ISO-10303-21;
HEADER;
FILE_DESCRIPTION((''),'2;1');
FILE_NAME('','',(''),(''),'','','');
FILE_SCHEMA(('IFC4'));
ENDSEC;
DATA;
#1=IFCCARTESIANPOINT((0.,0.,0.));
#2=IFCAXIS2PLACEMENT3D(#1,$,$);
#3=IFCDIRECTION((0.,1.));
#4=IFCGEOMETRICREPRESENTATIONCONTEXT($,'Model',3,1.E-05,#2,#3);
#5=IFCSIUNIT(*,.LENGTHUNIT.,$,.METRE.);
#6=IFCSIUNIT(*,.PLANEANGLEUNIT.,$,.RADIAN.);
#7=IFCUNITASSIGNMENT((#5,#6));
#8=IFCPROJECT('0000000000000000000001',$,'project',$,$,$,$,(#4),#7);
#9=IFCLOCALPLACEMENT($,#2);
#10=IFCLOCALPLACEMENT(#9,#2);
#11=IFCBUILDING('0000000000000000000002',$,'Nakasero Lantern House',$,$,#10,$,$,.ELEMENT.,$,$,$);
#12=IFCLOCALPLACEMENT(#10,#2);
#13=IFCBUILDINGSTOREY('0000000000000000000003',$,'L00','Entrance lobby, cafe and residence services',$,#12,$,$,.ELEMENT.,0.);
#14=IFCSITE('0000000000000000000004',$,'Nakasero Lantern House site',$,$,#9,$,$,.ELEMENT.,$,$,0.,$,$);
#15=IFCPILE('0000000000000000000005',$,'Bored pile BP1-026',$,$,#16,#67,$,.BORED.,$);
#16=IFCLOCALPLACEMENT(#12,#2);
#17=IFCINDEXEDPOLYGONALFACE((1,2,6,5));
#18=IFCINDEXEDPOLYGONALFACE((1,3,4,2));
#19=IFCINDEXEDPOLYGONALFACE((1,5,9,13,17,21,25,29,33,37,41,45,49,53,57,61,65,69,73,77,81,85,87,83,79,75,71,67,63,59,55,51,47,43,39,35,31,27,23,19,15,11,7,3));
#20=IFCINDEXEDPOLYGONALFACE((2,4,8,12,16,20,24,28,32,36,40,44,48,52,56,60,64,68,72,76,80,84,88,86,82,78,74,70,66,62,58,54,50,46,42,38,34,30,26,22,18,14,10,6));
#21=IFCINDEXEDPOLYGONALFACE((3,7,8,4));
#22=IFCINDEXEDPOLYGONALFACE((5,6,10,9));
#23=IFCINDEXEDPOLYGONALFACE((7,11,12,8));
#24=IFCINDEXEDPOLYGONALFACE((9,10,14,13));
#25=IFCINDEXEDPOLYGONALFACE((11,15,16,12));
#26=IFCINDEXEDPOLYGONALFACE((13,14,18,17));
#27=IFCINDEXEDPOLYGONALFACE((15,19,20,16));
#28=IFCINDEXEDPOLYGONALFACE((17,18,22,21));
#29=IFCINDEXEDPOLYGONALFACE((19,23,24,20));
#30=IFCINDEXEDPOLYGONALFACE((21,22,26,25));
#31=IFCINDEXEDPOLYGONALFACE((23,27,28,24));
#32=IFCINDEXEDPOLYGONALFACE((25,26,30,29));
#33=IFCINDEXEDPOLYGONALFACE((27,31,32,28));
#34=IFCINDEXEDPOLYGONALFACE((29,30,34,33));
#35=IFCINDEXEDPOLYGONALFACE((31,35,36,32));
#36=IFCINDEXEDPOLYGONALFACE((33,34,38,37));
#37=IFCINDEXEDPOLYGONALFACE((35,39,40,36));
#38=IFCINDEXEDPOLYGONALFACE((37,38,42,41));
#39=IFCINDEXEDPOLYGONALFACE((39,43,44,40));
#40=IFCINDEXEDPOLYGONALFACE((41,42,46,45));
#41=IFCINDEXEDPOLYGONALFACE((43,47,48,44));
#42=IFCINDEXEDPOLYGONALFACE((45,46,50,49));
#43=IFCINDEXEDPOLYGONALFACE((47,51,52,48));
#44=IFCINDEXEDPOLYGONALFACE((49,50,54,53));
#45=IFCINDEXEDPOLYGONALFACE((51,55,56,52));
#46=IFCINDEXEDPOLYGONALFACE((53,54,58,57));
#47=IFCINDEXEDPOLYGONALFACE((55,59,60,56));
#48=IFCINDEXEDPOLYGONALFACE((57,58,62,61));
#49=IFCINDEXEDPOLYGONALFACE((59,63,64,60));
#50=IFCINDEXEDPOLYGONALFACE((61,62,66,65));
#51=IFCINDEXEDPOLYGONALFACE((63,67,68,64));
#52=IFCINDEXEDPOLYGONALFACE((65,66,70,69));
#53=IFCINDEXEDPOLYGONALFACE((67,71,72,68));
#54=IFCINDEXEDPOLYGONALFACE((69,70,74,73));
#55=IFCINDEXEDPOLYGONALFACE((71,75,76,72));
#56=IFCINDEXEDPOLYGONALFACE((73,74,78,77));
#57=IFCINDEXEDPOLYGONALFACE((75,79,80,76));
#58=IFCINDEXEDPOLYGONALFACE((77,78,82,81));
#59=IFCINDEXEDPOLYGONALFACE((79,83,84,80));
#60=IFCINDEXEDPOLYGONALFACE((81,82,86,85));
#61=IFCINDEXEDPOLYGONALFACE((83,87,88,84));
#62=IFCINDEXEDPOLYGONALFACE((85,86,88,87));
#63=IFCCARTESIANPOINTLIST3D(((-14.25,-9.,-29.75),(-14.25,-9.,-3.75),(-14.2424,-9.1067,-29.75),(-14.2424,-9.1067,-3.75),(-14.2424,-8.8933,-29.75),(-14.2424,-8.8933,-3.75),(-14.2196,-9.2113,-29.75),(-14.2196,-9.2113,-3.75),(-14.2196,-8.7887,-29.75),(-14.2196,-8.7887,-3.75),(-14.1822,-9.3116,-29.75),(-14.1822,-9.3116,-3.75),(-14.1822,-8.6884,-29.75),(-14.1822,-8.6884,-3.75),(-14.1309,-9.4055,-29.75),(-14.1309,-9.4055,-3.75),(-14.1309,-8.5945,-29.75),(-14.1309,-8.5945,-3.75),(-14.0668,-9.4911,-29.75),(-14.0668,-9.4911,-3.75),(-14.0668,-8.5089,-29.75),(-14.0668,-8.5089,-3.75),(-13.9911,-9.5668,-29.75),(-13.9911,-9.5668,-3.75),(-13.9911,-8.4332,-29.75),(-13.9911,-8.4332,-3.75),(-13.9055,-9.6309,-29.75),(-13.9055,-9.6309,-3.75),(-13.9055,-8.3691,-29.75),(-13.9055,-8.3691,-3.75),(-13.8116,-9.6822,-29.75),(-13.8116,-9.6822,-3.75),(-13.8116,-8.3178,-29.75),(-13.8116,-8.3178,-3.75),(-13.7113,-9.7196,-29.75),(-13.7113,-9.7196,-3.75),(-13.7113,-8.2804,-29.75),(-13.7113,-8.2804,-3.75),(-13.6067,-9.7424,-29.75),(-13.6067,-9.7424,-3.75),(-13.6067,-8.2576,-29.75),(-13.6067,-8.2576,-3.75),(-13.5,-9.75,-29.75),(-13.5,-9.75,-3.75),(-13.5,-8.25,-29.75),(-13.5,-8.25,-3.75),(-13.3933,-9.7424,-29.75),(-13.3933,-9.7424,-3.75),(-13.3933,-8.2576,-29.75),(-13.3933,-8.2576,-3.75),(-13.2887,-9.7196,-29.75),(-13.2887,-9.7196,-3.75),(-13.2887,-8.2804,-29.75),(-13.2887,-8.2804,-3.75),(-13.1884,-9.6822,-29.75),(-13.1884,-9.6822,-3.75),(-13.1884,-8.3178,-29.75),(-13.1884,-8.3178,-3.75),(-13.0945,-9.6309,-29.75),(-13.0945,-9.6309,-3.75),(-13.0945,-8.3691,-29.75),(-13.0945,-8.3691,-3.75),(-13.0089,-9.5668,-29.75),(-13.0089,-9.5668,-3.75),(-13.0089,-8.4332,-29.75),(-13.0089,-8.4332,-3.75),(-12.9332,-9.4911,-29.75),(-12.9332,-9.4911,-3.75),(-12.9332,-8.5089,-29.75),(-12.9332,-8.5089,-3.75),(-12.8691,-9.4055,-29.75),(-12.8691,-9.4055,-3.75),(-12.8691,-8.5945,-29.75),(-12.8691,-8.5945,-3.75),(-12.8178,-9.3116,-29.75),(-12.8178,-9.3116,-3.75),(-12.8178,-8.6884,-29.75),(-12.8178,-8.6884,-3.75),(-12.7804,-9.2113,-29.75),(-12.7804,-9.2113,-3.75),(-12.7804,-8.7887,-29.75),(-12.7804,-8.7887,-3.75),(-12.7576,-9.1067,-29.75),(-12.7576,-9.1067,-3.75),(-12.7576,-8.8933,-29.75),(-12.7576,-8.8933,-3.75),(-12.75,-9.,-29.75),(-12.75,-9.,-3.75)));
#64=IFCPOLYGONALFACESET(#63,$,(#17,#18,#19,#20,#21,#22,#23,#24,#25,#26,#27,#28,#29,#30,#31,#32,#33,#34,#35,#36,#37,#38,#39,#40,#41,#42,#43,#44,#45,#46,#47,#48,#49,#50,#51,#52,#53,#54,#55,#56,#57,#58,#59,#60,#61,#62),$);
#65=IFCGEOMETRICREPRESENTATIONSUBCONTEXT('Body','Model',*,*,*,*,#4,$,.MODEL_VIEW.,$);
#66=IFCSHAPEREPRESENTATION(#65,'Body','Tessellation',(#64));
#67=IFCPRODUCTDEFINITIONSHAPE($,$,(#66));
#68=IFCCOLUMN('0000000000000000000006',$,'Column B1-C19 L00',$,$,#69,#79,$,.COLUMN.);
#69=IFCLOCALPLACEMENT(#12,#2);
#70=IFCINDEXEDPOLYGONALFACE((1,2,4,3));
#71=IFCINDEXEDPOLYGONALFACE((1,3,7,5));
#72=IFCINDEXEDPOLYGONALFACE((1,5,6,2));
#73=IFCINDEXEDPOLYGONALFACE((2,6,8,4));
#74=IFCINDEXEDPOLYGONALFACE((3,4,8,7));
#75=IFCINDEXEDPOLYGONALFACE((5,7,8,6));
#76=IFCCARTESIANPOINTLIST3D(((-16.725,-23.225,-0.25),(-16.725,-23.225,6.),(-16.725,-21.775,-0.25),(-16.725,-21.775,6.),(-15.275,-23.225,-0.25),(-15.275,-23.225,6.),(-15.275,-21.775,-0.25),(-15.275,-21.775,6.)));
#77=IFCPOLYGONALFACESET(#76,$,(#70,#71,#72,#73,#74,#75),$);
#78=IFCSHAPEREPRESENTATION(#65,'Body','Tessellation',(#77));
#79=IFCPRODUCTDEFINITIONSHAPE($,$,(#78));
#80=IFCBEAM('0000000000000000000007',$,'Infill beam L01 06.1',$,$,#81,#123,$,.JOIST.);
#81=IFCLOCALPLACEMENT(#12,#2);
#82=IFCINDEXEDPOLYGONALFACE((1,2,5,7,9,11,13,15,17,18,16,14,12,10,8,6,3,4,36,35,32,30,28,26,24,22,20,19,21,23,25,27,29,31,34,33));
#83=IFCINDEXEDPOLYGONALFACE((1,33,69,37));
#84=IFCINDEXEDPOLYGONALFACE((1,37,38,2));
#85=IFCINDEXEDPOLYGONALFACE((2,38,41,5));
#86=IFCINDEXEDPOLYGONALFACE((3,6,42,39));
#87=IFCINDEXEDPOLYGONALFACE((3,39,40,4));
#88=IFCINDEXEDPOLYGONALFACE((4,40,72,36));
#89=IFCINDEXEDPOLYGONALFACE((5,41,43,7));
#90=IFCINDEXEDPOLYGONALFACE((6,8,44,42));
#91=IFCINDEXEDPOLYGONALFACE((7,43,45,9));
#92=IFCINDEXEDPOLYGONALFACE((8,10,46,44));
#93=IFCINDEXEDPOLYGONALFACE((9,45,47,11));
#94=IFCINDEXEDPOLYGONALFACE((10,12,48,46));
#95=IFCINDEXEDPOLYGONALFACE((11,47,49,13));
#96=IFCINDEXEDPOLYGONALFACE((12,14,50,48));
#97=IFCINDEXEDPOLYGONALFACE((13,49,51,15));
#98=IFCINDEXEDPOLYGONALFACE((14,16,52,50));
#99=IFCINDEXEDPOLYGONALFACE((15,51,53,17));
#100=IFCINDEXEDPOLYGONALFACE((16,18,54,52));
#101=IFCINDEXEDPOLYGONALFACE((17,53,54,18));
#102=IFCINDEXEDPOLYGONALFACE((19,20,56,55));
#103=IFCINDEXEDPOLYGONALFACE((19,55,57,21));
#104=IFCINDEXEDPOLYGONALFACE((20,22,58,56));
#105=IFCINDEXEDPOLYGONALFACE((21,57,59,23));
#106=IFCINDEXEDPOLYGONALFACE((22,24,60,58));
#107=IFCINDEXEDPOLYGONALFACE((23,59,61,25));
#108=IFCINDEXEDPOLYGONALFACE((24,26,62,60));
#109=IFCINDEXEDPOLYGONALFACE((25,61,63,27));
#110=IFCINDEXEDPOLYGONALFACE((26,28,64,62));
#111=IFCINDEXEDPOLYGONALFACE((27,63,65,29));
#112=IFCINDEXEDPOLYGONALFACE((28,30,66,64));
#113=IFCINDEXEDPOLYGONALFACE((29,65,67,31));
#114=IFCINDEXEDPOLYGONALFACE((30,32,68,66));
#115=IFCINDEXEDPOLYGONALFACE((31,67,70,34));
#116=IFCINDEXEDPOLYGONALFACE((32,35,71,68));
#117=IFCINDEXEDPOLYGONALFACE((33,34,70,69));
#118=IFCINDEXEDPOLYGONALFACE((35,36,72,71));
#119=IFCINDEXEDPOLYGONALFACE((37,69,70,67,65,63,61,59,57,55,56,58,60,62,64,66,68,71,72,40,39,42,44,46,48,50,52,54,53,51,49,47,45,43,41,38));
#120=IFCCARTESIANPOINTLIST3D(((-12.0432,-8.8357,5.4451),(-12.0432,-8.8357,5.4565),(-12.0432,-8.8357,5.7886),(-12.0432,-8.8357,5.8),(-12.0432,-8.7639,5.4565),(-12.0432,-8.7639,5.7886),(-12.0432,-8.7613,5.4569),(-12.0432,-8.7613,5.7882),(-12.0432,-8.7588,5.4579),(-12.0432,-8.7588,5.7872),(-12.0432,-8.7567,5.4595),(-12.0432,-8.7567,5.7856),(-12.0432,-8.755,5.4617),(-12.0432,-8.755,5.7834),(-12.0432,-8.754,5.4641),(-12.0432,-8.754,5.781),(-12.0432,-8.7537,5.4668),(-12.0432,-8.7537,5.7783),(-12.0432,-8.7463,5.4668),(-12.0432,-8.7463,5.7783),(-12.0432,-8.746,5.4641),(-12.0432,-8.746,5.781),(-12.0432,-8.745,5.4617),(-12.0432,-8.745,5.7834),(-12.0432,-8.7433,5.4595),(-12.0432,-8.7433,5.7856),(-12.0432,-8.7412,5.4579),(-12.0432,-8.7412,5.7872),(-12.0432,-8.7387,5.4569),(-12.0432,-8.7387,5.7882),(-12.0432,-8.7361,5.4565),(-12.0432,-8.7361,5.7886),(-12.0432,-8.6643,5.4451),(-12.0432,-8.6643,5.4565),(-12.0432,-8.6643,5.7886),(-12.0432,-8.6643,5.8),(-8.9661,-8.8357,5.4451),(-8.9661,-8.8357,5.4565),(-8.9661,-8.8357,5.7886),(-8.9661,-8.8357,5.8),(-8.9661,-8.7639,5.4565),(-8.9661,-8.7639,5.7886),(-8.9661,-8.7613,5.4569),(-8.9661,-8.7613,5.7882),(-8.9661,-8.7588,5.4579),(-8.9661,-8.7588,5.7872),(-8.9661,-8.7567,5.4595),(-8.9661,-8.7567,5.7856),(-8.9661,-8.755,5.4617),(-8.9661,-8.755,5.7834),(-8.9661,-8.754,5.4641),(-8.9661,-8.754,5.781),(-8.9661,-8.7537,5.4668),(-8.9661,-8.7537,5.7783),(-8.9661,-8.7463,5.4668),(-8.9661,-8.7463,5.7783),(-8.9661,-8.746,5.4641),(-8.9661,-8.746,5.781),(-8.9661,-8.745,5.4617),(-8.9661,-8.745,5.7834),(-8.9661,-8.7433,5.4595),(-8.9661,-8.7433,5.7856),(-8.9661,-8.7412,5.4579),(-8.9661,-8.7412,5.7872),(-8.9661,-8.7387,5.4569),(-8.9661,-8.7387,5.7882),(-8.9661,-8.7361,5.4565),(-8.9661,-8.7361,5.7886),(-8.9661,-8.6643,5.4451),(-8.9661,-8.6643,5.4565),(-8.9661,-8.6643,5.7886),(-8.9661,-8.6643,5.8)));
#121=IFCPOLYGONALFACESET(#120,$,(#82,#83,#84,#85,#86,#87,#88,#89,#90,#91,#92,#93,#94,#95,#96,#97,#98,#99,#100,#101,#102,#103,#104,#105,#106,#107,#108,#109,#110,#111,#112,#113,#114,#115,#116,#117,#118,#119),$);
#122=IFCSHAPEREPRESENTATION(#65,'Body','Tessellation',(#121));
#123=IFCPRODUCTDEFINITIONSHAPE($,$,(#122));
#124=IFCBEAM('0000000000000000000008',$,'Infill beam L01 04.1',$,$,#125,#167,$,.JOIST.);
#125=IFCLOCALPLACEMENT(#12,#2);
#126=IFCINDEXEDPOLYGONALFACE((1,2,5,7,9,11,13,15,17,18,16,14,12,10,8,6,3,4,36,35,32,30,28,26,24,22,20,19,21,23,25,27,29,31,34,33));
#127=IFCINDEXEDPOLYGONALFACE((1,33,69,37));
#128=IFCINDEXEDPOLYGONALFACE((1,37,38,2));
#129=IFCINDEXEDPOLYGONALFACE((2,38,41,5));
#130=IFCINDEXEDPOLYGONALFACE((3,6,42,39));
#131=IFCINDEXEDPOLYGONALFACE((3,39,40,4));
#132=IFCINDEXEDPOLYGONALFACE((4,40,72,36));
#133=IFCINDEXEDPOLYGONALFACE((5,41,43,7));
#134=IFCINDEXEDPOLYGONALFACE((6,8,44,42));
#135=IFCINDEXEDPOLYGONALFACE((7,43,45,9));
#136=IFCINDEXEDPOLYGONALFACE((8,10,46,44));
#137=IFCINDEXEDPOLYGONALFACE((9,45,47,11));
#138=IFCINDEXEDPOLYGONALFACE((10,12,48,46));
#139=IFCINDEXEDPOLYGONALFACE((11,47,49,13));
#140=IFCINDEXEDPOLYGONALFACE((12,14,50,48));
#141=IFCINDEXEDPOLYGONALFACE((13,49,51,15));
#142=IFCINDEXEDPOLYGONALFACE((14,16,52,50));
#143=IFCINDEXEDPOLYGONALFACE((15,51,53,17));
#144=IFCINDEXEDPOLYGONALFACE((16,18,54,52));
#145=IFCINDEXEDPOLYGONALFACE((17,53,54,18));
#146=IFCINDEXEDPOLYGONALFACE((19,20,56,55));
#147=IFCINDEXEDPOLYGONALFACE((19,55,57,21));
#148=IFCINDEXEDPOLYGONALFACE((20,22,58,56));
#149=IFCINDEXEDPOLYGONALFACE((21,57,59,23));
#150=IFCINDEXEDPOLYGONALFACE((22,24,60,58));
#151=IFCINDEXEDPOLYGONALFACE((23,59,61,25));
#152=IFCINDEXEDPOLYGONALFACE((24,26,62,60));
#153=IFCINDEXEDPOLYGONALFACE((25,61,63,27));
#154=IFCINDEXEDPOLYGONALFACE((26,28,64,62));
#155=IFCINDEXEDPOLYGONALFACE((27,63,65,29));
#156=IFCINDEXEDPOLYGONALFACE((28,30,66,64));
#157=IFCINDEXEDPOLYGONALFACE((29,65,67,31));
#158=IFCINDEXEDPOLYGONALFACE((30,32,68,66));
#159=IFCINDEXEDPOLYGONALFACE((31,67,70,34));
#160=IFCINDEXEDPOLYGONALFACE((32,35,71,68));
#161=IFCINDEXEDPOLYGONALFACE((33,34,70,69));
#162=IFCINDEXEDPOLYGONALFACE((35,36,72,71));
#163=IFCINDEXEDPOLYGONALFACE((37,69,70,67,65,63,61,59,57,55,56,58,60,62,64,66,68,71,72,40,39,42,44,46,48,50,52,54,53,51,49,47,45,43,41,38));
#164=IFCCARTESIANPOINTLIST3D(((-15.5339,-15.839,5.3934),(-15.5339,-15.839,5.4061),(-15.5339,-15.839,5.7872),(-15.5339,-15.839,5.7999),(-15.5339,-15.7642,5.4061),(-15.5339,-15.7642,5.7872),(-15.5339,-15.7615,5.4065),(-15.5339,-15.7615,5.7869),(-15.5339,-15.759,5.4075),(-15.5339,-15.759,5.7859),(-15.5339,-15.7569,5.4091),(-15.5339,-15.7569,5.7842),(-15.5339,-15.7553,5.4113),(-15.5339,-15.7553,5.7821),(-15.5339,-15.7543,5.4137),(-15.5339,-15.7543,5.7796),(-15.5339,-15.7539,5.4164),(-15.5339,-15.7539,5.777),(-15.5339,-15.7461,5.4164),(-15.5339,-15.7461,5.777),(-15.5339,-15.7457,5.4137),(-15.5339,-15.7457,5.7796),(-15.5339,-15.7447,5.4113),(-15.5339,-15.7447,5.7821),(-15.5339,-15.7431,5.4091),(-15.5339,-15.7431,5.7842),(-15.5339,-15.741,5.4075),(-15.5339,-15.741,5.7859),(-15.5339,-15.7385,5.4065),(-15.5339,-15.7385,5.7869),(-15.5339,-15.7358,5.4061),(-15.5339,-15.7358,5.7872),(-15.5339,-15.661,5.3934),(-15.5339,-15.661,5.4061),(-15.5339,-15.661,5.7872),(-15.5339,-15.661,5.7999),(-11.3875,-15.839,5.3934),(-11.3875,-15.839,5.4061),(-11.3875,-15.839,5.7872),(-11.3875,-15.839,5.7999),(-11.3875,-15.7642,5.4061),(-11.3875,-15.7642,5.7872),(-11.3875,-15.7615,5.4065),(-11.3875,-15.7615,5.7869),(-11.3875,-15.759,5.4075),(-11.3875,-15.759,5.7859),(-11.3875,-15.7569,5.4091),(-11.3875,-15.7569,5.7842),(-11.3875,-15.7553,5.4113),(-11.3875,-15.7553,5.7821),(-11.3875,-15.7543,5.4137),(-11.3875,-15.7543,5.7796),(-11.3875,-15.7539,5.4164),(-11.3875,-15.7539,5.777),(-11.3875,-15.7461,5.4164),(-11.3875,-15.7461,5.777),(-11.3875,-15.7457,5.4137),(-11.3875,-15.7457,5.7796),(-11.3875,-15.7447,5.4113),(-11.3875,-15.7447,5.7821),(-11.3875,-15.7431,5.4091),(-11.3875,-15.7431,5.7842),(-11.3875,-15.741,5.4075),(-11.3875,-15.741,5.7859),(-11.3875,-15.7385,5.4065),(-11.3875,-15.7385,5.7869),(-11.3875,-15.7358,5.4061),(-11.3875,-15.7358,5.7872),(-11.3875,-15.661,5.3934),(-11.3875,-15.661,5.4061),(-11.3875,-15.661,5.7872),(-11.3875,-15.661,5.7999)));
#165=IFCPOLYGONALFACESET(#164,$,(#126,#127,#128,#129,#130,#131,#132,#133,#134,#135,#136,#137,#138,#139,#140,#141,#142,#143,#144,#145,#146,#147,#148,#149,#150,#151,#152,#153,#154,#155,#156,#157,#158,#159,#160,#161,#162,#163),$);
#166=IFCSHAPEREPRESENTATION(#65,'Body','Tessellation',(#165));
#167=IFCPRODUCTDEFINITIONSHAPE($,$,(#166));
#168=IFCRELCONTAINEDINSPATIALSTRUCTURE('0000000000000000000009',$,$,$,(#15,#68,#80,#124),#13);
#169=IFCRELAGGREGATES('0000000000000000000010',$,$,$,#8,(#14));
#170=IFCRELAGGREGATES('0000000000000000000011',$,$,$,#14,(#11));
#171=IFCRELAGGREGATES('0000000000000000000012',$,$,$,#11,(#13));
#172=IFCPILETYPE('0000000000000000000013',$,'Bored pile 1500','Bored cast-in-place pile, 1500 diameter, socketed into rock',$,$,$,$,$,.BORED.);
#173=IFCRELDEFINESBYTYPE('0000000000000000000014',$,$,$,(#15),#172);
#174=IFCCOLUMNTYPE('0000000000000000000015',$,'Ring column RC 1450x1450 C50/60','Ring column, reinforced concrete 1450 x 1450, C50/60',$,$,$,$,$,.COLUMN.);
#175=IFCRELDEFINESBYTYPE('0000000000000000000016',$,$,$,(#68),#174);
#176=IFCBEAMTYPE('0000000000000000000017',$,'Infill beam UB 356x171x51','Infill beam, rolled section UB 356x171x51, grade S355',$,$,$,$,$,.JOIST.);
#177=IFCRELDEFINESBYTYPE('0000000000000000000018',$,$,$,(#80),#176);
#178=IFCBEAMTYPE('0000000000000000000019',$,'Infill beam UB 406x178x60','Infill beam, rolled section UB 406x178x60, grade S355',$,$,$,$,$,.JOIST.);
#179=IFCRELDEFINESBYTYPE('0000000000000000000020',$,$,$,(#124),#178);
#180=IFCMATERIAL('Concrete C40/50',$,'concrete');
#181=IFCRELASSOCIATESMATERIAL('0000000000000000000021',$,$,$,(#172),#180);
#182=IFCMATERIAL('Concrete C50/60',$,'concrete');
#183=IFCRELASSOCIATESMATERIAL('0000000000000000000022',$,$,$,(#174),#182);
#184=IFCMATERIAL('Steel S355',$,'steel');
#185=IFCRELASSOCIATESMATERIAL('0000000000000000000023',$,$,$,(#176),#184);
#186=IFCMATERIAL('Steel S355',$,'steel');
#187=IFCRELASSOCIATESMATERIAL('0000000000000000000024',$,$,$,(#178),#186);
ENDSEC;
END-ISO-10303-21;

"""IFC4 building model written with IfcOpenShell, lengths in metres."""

from ifc_helpers import new_model, si_unit, direction, frame, origin, origin_2d, place, context, subcontext, project, spatial, rectangle, circle, i_section, extrude, material, material_profile, profile_set, type_object, element, save


model = new_model("IFC4")

# Units and contexts
model_context = context("Model", 3, precision=1e-05, world=origin(), true_north=direction((0.0, 1.0)))
body_context = subcontext(model_context, "Body", "Model", "MODEL_VIEW")
ifc_project = project(units=[si_unit("LENGTHUNIT", "METRE"), si_unit("PLANEANGLEUNIT", "RADIAN")], contexts=[model_context])

# Site, building, storey
site_placement = place(None, origin())
site = spatial("IfcSite", under=ifc_project, at=site_placement, Name="Nakasero Lantern House site", CompositionType="ELEMENT", RefElevation=0.0)
building_placement = place(site_placement, origin())
building = spatial("IfcBuilding", under=site, at=building_placement, Name="Nakasero Lantern House", CompositionType="ELEMENT")
storey_placement = place(building_placement, origin())
storey = spatial("IfcBuildingStorey", under=building, at=storey_placement, Name="L00", Description="Entrance lobby, cafe and residence services", CompositionType="ELEMENT", Elevation=0.0)

# Pile
ifc_material_1 = material(Name="Concrete C40/50", Category="concrete")
pile_type = type_object("IfcPileType", Name="Bored pile 1500", Description="Bored cast-in-place pile, 1500 diameter, socketed into rock", PredefinedType="BORED", material=ifc_material_1)
for number, where, z_axis, x_axis, name in (
    (1, (-13.5, -9.0, -3.75), (0.0, 0.0, -1.0), (1.0, 0.0, 0.0), "Bored pile BP1-026"),
):
    element("IfcPile", number, at=place(storey_placement, frame(where, z_axis=z_axis, x_axis=x_axis)), inside=storey, type_object=pile_type, Name=name, PredefinedType="BORED", context=body_context, shape_type="SweptSolid", body=[
        extrude(circle(Radius=0.75, at=origin_2d()), origin(), (0.0, 0.0, 1.0), 26.0),
    ])

# Column
ifc_material_2 = material(Name="Concrete C50/60", Category="concrete")
ifc_material_profile_1 = material_profile(ifc_material_2, rectangle(XDim=1.45, YDim=1.45, at=origin_2d()), Name="RC 1450x1450")
ifc_profile_set_1 = profile_set([ifc_material_profile_1], Name="Concrete C50/60")
column_type = type_object("IfcColumnType", Name="Ring column RC 1450x1450 C50/60", Description="Ring column, reinforced concrete 1450 x 1450, C50/60", PredefinedType="COLUMN", material=ifc_profile_set_1)
column_placement = place(storey_placement, frame((-16.0, -22.5, -0.25), z_axis=(0.0, 0.0, 1.0), x_axis=(1.0, 0.0, 0.0)))
element("IfcColumn", 2, at=column_placement, inside=storey, type_object=column_type, Name="Column B1-C19 L00", PredefinedType="COLUMN", context=body_context, shape_type="SweptSolid", body=[
    extrude(rectangle(XDim=1.45, YDim=1.45, at=origin_2d()), origin(), (0.0, 0.0, 1.0), 6.25),
])

# Beams
ifc_material_3 = material(Name="Steel S355", Category="steel")
ifc_material_profile_2 = material_profile(ifc_material_3, i_section(OverallWidth=0.1714, OverallDepth=0.355, WebThickness=0.0073, FlangeThickness=0.0115, FilletRadius=0.0103, at=origin_2d()), Name="UB 356x171x51")
ifc_profile_set_2 = profile_set([ifc_material_profile_2], Name="Steel S355")
beam_type_1 = type_object("IfcBeamType", Name="Infill beam UB 356x171x51", Description="Infill beam, rolled section UB 356x171x51, grade S355", PredefinedType="JOIST", material=ifc_profile_set_2)
beam_1_placement = place(storey_placement, frame((-12.0432, -8.75, 5.6226), z_axis=(1.0, 0.0, 0.0), x_axis=(0.0, 1.0, 0.0)))
element("IfcBeam", 3, at=beam_1_placement, inside=storey, type_object=beam_type_1, Name="Infill beam L01 06.1", PredefinedType="JOIST", context=body_context, shape_type="SweptSolid", body=[
    extrude(i_section(OverallWidth=0.1714, OverallDepth=0.355, WebThickness=0.0073, FlangeThickness=0.0115, FilletRadius=0.0103, at=origin_2d()), origin(), (0.0, 0.0, 1.0), 3.0771),
])
ifc_material_4 = material(Name="Steel S355", Category="steel")
ifc_material_profile_3 = material_profile(ifc_material_4, i_section(OverallWidth=0.178, OverallDepth=0.4065, WebThickness=0.0078, FlangeThickness=0.0127, FilletRadius=0.0103, at=origin_2d()), Name="UB 406x178x60")
ifc_profile_set_3 = profile_set([ifc_material_profile_3], Name="Steel S355")
beam_type_2 = type_object("IfcBeamType", Name="Infill beam UB 406x178x60", Description="Infill beam, rolled section UB 406x178x60, grade S355", PredefinedType="JOIST", material=ifc_profile_set_3)
beam_2_placement = place(storey_placement, frame((-15.5339, -15.75, 5.5967), z_axis=(1.0, 0.0, 0.0), x_axis=(0.0, 1.0, 0.0)))
element("IfcBeam", 4, at=beam_2_placement, inside=storey, type_object=beam_type_2, Name="Infill beam L01 04.1", PredefinedType="JOIST", context=body_context, shape_type="SweptSolid", body=[
    extrude(i_section(OverallWidth=0.178, OverallDepth=0.4065, WebThickness=0.0078, FlangeThickness=0.0127, FilletRadius=0.0103, at=origin_2d()), origin(), (0.0, 0.0, 1.0), 4.1465),
])

save(model, "model.ifc")
